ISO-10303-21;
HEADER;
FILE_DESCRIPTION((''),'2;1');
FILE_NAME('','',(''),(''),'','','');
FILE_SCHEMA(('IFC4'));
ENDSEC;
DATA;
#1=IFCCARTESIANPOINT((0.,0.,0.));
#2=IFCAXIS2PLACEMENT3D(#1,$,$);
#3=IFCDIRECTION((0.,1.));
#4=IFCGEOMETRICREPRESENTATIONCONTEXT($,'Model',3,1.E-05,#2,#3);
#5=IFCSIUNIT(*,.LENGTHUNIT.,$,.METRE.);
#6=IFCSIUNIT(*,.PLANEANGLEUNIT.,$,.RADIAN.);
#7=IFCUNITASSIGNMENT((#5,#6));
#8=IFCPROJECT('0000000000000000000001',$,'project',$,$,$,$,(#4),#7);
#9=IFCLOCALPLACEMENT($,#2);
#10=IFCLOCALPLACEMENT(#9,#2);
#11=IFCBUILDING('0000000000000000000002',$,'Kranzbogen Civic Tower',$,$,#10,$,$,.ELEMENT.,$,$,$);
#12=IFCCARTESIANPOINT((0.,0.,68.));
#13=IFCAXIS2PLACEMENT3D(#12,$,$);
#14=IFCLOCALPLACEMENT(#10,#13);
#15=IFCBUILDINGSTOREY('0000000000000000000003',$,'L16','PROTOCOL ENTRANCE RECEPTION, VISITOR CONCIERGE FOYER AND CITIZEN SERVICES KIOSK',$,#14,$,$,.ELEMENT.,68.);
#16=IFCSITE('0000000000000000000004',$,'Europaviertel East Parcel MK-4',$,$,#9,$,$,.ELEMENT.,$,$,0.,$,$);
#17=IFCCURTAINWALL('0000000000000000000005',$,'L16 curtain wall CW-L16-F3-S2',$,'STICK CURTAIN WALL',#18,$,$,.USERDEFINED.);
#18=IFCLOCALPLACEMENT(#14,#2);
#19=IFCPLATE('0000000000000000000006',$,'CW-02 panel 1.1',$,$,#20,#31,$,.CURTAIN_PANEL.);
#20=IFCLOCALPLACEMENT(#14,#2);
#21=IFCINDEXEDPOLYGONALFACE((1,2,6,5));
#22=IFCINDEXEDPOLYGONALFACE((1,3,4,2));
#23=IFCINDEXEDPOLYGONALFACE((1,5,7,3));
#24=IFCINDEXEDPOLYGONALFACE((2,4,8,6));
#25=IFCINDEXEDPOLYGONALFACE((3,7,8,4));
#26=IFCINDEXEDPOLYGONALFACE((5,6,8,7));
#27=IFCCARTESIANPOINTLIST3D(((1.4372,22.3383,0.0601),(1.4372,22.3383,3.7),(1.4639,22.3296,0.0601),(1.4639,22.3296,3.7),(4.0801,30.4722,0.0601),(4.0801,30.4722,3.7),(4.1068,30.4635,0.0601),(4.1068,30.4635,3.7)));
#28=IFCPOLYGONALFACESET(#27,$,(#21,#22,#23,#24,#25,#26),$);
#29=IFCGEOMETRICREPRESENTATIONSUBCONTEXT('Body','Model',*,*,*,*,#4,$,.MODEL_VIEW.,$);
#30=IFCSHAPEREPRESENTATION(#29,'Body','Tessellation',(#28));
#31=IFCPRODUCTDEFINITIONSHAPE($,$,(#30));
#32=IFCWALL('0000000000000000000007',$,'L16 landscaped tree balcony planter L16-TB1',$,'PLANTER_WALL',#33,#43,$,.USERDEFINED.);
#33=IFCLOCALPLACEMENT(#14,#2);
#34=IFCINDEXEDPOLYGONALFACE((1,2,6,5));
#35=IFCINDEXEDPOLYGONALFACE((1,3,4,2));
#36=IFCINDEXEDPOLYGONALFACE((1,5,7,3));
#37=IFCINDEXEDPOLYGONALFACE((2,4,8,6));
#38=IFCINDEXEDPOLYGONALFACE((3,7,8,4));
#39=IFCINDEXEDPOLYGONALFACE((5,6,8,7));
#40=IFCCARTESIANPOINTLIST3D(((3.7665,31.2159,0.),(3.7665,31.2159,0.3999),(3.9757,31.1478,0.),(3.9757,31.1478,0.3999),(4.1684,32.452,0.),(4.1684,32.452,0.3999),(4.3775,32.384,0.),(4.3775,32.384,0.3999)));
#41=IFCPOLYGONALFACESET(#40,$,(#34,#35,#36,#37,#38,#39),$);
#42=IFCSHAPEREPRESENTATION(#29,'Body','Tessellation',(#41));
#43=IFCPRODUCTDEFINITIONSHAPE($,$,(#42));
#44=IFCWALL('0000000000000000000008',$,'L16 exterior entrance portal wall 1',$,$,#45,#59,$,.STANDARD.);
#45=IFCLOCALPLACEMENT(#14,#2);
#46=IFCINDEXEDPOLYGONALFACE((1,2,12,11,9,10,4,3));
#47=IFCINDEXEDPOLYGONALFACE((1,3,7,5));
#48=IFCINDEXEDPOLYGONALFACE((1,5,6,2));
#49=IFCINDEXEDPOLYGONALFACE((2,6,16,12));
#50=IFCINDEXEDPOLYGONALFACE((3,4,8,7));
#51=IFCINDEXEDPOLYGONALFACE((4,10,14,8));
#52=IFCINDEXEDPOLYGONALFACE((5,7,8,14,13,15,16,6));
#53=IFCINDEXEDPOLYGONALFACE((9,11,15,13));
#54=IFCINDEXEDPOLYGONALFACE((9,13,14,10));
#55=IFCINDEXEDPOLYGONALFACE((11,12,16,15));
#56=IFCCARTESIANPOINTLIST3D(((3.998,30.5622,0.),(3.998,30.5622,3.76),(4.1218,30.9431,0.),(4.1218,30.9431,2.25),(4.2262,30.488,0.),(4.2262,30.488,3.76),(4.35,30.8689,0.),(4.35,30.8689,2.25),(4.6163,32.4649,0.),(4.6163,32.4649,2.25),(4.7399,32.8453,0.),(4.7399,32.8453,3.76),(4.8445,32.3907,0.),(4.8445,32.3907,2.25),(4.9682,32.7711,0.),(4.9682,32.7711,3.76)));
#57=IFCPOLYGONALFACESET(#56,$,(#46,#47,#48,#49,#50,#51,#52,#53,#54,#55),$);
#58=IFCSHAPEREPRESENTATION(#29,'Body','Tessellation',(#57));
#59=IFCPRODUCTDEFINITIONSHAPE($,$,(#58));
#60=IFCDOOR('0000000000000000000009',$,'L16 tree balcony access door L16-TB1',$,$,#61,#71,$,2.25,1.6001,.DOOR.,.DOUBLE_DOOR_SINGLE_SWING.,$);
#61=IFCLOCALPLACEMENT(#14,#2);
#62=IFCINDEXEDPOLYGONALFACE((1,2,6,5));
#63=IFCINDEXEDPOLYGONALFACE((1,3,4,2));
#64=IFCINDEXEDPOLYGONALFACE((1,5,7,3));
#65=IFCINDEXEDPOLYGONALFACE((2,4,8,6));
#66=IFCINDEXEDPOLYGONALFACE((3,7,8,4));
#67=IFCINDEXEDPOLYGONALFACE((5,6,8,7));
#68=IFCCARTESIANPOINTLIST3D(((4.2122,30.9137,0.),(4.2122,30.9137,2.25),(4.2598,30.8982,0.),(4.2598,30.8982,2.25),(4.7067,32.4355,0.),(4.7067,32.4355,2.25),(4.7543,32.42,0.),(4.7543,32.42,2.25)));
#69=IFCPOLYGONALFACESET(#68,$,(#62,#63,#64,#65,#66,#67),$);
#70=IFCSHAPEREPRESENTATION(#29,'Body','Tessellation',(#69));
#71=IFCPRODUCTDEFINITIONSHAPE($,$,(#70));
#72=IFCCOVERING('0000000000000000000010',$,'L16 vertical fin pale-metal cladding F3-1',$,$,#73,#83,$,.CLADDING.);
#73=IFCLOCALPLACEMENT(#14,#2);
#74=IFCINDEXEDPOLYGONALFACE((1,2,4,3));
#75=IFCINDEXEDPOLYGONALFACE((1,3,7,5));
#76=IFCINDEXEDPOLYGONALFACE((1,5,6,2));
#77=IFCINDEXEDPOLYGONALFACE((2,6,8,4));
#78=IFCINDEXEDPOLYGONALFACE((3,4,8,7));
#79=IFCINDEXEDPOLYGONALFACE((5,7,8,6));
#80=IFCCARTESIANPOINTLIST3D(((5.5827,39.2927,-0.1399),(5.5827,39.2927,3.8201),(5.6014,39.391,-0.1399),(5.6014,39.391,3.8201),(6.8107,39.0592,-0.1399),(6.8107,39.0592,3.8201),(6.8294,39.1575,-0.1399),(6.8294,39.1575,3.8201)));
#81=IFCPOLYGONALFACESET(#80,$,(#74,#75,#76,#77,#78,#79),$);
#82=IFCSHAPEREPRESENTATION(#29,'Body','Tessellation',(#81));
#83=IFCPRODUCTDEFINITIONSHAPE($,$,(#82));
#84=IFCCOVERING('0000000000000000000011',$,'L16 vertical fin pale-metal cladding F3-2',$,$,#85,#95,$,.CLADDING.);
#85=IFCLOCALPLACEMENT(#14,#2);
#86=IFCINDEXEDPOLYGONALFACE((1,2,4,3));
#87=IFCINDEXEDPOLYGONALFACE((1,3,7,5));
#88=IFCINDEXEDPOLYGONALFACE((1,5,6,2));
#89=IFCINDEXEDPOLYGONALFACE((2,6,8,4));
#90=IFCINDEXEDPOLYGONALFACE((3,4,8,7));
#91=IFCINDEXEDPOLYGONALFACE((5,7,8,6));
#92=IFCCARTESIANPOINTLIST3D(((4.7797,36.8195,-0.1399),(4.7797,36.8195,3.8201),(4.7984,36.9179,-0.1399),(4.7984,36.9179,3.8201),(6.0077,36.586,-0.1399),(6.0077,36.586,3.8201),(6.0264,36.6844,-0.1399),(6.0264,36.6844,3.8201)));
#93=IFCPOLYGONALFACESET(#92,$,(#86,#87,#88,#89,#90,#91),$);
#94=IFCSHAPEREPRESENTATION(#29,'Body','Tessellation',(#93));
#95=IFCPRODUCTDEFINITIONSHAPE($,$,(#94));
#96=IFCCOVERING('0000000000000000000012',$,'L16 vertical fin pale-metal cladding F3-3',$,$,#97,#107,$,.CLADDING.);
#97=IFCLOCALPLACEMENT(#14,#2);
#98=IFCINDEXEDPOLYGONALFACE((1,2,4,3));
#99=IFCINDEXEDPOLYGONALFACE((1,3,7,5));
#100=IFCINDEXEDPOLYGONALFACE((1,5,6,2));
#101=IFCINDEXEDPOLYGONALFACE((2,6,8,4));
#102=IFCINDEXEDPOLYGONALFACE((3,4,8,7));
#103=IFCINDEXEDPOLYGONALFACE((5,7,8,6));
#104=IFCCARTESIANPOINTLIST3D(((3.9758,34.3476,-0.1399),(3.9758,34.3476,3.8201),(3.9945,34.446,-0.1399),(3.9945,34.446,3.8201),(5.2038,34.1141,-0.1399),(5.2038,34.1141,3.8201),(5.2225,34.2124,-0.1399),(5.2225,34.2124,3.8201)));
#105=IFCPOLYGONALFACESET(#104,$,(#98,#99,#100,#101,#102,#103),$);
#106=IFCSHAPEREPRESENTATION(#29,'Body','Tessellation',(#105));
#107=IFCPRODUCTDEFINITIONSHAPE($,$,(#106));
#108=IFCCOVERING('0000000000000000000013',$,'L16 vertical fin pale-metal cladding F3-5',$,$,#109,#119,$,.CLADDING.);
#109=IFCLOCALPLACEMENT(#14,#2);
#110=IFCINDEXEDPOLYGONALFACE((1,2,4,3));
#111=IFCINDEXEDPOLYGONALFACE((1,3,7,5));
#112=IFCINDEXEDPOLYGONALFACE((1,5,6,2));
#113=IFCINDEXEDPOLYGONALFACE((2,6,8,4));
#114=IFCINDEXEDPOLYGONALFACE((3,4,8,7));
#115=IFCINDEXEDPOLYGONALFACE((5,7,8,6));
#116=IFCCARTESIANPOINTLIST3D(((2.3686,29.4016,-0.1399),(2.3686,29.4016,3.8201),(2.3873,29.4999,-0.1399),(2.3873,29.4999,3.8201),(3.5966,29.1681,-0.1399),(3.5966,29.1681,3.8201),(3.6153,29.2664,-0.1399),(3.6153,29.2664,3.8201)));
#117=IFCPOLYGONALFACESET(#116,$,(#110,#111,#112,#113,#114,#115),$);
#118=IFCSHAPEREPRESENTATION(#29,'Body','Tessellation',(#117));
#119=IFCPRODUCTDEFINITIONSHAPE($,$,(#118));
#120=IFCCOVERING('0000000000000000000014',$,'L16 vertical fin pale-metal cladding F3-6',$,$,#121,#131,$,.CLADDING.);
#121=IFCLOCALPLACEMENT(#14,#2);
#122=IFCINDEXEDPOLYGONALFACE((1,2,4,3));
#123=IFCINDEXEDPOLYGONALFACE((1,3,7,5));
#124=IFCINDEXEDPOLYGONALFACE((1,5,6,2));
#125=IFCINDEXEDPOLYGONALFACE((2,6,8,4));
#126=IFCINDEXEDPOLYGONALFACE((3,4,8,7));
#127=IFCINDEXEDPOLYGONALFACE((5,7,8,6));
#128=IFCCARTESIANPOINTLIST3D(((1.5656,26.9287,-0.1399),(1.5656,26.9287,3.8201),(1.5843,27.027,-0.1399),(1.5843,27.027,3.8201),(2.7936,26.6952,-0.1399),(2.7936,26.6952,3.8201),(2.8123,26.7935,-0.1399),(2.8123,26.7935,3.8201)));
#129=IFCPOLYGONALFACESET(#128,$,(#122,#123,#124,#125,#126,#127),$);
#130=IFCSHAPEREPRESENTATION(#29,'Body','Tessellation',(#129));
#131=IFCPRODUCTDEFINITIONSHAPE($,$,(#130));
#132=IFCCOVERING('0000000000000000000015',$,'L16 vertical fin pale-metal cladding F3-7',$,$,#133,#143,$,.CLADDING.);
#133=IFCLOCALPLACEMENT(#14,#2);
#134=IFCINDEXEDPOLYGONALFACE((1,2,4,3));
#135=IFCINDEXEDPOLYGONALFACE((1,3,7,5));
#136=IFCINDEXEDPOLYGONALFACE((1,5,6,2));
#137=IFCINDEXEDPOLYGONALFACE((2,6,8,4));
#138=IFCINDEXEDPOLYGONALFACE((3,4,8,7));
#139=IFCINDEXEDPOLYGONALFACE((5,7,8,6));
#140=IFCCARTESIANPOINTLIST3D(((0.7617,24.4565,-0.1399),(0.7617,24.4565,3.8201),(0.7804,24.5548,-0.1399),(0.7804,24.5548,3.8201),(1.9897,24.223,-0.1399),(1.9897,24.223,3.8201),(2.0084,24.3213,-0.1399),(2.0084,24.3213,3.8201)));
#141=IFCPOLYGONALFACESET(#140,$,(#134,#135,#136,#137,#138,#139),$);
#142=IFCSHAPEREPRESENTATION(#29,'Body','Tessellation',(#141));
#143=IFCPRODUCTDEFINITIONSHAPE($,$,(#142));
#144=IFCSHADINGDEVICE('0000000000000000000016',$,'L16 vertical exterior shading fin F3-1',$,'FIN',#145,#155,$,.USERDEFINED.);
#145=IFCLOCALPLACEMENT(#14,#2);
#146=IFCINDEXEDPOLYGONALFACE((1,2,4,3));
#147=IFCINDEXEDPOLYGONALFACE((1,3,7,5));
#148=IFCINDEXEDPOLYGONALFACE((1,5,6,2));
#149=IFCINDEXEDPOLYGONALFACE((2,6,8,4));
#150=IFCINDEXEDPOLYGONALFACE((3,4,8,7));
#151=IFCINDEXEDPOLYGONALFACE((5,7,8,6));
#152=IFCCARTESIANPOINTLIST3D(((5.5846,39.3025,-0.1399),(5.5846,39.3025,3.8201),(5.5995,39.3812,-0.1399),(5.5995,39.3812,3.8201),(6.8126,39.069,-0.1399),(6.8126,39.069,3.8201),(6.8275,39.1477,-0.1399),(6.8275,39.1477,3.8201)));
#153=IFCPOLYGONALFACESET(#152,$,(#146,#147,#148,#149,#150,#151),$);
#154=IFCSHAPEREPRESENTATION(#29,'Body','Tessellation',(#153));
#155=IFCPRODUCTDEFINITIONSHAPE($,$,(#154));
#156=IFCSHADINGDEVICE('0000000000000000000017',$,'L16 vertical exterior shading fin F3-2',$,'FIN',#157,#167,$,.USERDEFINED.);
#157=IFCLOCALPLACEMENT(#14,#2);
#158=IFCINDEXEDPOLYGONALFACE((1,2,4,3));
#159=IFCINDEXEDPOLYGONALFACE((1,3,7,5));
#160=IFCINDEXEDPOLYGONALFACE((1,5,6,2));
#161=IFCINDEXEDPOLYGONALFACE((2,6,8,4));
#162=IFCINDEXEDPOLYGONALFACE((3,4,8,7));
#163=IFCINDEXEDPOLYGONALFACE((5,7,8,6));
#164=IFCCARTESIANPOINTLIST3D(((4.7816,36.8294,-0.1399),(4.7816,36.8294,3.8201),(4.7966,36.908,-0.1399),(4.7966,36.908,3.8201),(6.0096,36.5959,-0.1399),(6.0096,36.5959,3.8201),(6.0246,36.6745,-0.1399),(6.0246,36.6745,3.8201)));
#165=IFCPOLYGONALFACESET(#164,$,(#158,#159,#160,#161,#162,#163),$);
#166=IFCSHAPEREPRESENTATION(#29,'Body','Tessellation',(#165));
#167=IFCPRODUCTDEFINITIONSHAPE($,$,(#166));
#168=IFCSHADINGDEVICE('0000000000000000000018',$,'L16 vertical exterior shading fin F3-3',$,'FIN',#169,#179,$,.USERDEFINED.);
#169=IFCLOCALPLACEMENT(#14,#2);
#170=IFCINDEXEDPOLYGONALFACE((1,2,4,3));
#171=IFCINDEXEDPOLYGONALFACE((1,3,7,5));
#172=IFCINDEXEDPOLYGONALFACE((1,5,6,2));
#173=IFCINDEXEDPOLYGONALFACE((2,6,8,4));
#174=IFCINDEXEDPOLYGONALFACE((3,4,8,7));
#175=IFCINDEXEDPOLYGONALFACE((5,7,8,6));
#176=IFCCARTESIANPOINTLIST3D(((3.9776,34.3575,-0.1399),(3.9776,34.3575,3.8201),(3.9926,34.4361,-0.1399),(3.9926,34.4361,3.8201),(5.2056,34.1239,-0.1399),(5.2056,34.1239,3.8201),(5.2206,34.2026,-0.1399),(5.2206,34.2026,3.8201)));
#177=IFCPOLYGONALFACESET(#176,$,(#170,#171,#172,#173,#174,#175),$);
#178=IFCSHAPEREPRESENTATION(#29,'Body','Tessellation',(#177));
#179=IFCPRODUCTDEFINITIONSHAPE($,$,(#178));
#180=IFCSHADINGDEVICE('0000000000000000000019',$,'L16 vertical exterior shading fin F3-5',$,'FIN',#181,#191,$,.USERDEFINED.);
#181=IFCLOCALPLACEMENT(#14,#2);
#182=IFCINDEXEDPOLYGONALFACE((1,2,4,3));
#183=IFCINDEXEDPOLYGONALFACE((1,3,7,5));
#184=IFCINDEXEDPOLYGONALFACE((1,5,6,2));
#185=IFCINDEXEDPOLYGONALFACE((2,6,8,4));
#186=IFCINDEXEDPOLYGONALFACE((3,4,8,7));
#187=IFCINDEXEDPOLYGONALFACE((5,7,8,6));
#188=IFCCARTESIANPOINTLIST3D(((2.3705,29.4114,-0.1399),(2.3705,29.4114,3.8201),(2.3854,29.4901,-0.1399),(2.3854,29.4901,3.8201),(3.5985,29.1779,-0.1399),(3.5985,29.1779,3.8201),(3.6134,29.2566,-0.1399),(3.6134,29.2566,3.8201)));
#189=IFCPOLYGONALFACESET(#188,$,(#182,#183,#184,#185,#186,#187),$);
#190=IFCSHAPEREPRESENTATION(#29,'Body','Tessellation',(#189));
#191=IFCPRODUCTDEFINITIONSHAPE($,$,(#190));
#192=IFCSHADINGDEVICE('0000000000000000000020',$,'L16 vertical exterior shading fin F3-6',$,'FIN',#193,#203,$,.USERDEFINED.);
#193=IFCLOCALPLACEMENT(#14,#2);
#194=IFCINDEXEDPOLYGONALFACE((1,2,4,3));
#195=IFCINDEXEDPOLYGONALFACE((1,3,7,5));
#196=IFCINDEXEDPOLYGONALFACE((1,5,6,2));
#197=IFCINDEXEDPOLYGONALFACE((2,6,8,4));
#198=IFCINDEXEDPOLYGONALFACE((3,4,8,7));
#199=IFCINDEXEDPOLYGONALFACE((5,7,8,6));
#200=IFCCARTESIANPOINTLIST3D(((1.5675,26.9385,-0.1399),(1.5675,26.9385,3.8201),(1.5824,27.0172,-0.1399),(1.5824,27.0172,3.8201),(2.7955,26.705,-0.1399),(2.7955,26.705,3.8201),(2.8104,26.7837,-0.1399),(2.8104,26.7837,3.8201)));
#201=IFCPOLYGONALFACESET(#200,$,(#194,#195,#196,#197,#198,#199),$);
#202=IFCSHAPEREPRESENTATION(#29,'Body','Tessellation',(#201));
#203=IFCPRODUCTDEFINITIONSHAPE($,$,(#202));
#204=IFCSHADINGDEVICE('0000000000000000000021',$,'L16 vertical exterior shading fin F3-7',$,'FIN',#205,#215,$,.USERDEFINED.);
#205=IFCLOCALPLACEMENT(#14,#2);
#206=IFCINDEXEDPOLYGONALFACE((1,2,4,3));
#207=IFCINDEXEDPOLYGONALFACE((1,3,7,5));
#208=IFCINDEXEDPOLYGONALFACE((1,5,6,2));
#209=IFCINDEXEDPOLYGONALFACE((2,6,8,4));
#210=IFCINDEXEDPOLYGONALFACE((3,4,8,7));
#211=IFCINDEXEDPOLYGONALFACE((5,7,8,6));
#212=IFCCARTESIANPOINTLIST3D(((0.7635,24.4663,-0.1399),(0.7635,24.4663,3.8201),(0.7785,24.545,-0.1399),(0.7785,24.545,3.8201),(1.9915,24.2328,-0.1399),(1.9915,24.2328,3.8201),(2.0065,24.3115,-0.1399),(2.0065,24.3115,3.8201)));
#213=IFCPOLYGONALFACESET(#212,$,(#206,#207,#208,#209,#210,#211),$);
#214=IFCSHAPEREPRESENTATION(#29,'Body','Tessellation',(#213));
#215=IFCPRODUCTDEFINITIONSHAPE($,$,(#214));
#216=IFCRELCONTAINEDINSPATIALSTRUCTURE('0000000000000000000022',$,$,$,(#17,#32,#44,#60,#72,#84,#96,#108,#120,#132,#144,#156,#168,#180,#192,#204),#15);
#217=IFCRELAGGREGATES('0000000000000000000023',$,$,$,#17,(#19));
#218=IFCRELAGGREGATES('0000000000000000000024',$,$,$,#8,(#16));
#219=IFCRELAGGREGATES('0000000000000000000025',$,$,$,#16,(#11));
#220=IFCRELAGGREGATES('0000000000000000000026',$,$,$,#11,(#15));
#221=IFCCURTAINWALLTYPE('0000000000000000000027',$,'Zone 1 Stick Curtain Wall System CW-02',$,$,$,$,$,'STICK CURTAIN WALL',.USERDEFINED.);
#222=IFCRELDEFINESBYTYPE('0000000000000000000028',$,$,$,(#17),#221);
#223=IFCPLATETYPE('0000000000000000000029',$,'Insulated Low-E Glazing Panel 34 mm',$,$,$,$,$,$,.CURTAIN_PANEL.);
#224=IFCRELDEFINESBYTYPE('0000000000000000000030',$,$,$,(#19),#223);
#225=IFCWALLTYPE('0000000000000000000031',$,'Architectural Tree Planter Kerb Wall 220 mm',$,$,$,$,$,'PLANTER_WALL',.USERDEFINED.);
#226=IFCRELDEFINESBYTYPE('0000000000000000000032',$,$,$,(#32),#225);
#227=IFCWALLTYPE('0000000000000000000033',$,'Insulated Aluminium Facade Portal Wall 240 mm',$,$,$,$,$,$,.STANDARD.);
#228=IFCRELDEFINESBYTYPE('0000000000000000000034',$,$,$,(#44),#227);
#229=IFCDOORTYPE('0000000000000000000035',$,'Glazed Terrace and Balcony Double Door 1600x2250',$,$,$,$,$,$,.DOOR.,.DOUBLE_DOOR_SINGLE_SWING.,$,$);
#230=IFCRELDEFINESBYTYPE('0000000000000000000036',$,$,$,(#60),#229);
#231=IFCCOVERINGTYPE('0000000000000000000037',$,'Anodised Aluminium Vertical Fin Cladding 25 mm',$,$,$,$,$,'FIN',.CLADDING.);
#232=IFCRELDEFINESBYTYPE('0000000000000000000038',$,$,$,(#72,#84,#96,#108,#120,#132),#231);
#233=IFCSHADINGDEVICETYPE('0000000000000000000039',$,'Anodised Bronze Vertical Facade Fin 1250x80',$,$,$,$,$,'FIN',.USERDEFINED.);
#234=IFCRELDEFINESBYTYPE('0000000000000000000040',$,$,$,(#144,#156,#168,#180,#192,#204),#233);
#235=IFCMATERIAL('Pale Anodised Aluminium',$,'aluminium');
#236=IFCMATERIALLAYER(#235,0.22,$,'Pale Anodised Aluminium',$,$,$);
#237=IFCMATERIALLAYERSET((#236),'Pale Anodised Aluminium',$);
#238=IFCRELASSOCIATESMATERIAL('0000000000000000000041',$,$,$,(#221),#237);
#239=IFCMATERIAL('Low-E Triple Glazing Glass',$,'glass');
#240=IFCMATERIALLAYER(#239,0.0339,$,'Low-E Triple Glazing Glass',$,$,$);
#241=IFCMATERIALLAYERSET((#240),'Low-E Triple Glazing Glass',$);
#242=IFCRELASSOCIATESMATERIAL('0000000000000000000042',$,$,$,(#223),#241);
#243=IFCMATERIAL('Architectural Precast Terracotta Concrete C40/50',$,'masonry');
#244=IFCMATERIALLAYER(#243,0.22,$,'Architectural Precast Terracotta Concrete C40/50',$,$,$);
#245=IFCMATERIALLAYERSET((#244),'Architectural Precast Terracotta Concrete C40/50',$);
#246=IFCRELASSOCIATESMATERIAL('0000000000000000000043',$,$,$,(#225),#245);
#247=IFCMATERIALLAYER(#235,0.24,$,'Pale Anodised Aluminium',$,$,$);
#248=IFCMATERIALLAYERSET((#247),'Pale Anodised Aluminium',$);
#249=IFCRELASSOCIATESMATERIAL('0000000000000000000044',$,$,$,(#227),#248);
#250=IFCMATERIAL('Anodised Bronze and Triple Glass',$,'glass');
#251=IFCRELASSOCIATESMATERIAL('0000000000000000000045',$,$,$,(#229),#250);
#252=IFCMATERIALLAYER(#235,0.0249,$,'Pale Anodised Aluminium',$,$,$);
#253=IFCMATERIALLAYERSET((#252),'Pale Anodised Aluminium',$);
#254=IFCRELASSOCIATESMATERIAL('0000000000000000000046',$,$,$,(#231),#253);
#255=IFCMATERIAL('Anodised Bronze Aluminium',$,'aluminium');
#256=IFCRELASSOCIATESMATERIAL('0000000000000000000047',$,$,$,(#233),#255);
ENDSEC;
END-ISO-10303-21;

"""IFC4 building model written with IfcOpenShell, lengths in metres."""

from ifc_helpers import new_model, si_unit, direction, frame, frame_2d, origin, origin_2d, place, context, subcontext, project, spatial, rectangle, extrude, material, layer, layer_set, type_object, element, fill, aggregate, save


model = new_model("IFC4")

# Units and contexts
model_context = context("Model", 3, precision=1e-05, world=origin(), true_north=direction((0.0, 1.0)))
body_context = subcontext(model_context, "Body", "Model", "MODEL_VIEW")
ifc_project = project(units=[si_unit("LENGTHUNIT", "METRE"), si_unit("PLANEANGLEUNIT", "RADIAN")], contexts=[model_context])

# Site, building, storey
site_placement = place(None, origin())
site = spatial("IfcSite", under=ifc_project, at=site_placement, Name="Europaviertel East Parcel MK-4", CompositionType="ELEMENT", RefElevation=0.0)
building_placement = place(site_placement, origin())
building = spatial("IfcBuilding", under=site, at=building_placement, Name="Kranzbogen Civic Tower", CompositionType="ELEMENT")
storey_placement = place(building_placement, frame((0.0, 0.0, 68.0)))
storey = spatial("IfcBuildingStorey", under=building, at=storey_placement, Name="L16", Description="PROTOCOL ENTRANCE RECEPTION, VISITOR CONCIERGE FOYER AND CITIZEN SERVICES KIOSK", CompositionType="ELEMENT", Elevation=68.0)

# Shared definitions
ifc_material_1 = material(Name="Pale Anodised Aluminium", Category="aluminium")
ifc_layer_1 = layer(ifc_material_1, 0.22, Name="Pale Anodised Aluminium")
ifc_layer_set_1 = layer_set([ifc_layer_1], Name="Pale Anodised Aluminium")
curtain_wall_type = type_object("IfcCurtainWallType", Name="Zone 1 Stick Curtain Wall System CW-02", ElementType="STICK CURTAIN WALL", PredefinedType="USERDEFINED", material=ifc_layer_set_1)

# Curtain wall
curtain_wall_1_placement = place(storey_placement, origin())
curtain_wall_1 = element("IfcCurtainWall", 1, at=curtain_wall_1_placement, inside=storey, type_object=curtain_wall_type, Name="L16 curtain wall CW-L16-F3-S2", ObjectType="STICK CURTAIN WALL", PredefinedType="USERDEFINED")

# Plate
ifc_material_2 = material(Name="Low-E Triple Glazing Glass", Category="glass")
ifc_layer_2 = layer(ifc_material_2, 0.0339, Name="Low-E Triple Glazing Glass")
ifc_layer_set_2 = layer_set([ifc_layer_2], Name="Low-E Triple Glazing Glass")
plate_type = type_object("IfcPlateType", Name="Insulated Low-E Glazing Panel 34 mm", PredefinedType="CURTAIN_PANEL", material=ifc_layer_set_2)
plate_1_placement = place(storey_placement, frame((2.772, 26.4009, 0.0601), z_axis=(0.0, 0.0, 1.0), x_axis=(-0.309023, -0.951054, 0.0)))
plate_1 = element("IfcPlate", 2, at=plate_1_placement, type_object=plate_type, Name="CW-02 panel 1.1", PredefinedType="CURTAIN_PANEL", context=body_context, shape_type="SweptSolid", body=[
    extrude(rectangle(XDim=8.5525, YDim=0.0281, at=origin_2d()), origin(), (0.0, 0.0, 1.0), 3.6399),
])
aggregate(curtain_wall_1, [plate_1])

# Wall
ifc_material_3 = material(Name="Architectural Precast Terracotta Concrete C40/50", Category="masonry")
ifc_layer_3 = layer(ifc_material_3, 0.22, Name="Architectural Precast Terracotta Concrete C40/50")
ifc_layer_set_3 = layer_set([ifc_layer_3], Name="Architectural Precast Terracotta Concrete C40/50")
wall_type_1 = type_object("IfcWallType", Name="Architectural Tree Planter Kerb Wall 220 mm", ElementType="PLANTER_WALL", PredefinedType="USERDEFINED", material=ifc_layer_set_3)
wall_1_placement = place(storey_placement, frame((4.2729, 32.418, 0.0), z_axis=(0.0, 0.0, 1.0), x_axis=(-0.309175, -0.951005, 0.0)))
element("IfcWall", 3, at=wall_1_placement, inside=storey, type_object=wall_type_1, Name="L16 landscaped tree balcony planter L16-TB1", ObjectType="PLANTER_WALL", PredefinedType="USERDEFINED", context=body_context, shape_type="SweptSolid", body=[
    extrude(rectangle(XDim=1.2998, YDim=0.22, at=frame_2d((0.6499, 0.0))), origin(), (0.0, 0.0, 1.0), 0.3999),
])

# Wall, opening, door
ifc_layer_4 = layer(ifc_material_1, 0.24, Name="Pale Anodised Aluminium")
ifc_layer_set_4 = layer_set([ifc_layer_4], Name="Pale Anodised Aluminium")
wall_type_2 = type_object("IfcWallType", Name="Insulated Aluminium Facade Portal Wall 240 mm", PredefinedType="STANDARD", material=ifc_layer_set_4)
wall_2_placement = place(storey_placement, frame((4.854, 32.8081, 0.0), z_axis=(0.0, 0.0, 1.0), x_axis=(-0.309049, -0.951046, 0.0)))
wall_2 = element("IfcWall", 4, at=wall_2_placement, inside=storey, type_object=wall_type_2, Name="L16 exterior entrance portal wall 1", PredefinedType="STANDARD", context=body_context, shape_type="SweptSolid", body=[
    extrude(rectangle(XDim=2.4006, YDim=0.24, at=frame_2d((1.2002, 0.0))), origin(), (0.0, 0.0, 1.0), 3.76),
])
opening_placement = place(wall_2_placement, frame((0.3999, 0.0, 0.0)))
opening = element("IfcOpeningElement", 5, at=opening_placement, cuts=wall_2, PredefinedType="OPENING", context=body_context, shape_type="SweptSolid", body=[
    extrude(rectangle(XDim=1.6001, YDim=2.25, at=frame_2d((0.8, 1.125))), frame((0.0, 0.1299, 0.0), z_axis=(0.0, -1.0, 0.0), x_axis=(1.0, 0.0, 0.0)), (0.0, 0.0, 1.0), 0.26),
])
ifc_material_4 = material(Name="Anodised Bronze and Triple Glass", Category="glass")
door_type = type_object("IfcDoorType", Name="Glazed Terrace and Balcony Double Door 1600x2250", OperationType="DOUBLE_DOOR_SINGLE_SWING", PredefinedType="DOOR", material=ifc_material_4)
door_placement = place(opening_placement, frame((1.6001, 0.0, 0.0), z_axis=(0.0, 0.0, 1.0), x_axis=(-1.0, 0.0, 0.0)))
door = element("IfcDoor", 6, at=door_placement, inside=storey, type_object=door_type, Name="L16 tree balcony access door L16-TB1", OperationType="DOUBLE_DOOR_SINGLE_SWING", OverallHeight=2.25, OverallWidth=1.6001, PredefinedType="DOOR", context=body_context, shape_type="SweptSolid", body=[
    extrude(rectangle(XDim=1.6001, YDim=2.25, at=frame_2d((0.8, 1.125))), frame((0.0, 0.0249, 0.0), z_axis=(0.0, -1.0, 0.0), x_axis=(1.0, 0.0, 0.0)), (0.0, 0.0, 1.0), 0.05),
])
fill(opening, door)

# Coverings
ifc_layer_5 = layer(ifc_material_1, 0.0249, Name="Pale Anodised Aluminium")
ifc_layer_set_5 = layer_set([ifc_layer_5], Name="Pale Anodised Aluminium")
covering_type = type_object("IfcCoveringType", Name="Anodised Aluminium Vertical Fin Cladding 25 mm", ElementType="FIN", PredefinedType="CLADDING", material=ifc_layer_set_5)
for number, where, z_axis, x_axis, name in (
    (7, (6.2061, 39.2251, -0.1399), (0.0, 0.0, 1.0), (-0.982395, 0.186816, 0.0), "L16 vertical fin pale-metal cladding F3-1"),
    (8, (5.4031, 36.752, -0.1399), (0.0, 0.0, 1.0), (-0.982395, 0.186816, 0.0), "L16 vertical fin pale-metal cladding F3-2"),
    (9, (4.5991, 34.28, -0.1399), (0.0, 0.0, 1.0), (-0.982395, 0.186816, 0.0), "L16 vertical fin pale-metal cladding F3-3"),
    (10, (2.9919, 29.334, -0.1399), (0.0, 0.0, 1.0), (-0.982395, 0.186816, 0.0), "L16 vertical fin pale-metal cladding F3-5"),
    (11, (2.189, 26.8611, -0.1399), (0.0, 0.0, 1.0), (-0.982395, 0.186816, 0.0), "L16 vertical fin pale-metal cladding F3-6"),
    (12, (1.385, 24.3889, -0.1399), (0.0, 0.0, 1.0), (-0.982395, 0.186816, 0.0), "L16 vertical fin pale-metal cladding F3-7"),
):
    element("IfcCovering", number, at=place(storey_placement, frame(where, z_axis=z_axis, x_axis=x_axis)), inside=storey, type_object=covering_type, Name=name, PredefinedType="CLADDING", context=body_context, shape_type="SweptSolid", body=[
        extrude(rectangle(XDim=1.25, YDim=0.1001, at=origin_2d()), origin(), (0.0, 0.0, 1.0), 3.96),
    ])

# Shading devices
ifc_material_5 = material(Name="Anodised Bronze Aluminium", Category="aluminium")
shading_device_type = type_object("IfcShadingDeviceType", Name="Anodised Bronze Vertical Facade Fin 1250x80", ElementType="FIN", PredefinedType="USERDEFINED", material=ifc_material_5)
for number, where, z_axis, x_axis, name in (
    (13, (6.2061, 39.2251, -0.1399), (0.0, 0.0, 1.0), (-0.982395, 0.186816, 0.0), "L16 vertical exterior shading fin F3-1"),
    (14, (5.4031, 36.752, -0.1399), (0.0, 0.0, 1.0), (-0.982395, 0.186816, 0.0), "L16 vertical exterior shading fin F3-2"),
    (15, (4.5991, 34.28, -0.1399), (0.0, 0.0, 1.0), (-0.982395, 0.186816, 0.0), "L16 vertical exterior shading fin F3-3"),
    (16, (2.9919, 29.334, -0.1399), (0.0, 0.0, 1.0), (-0.982395, 0.186816, 0.0), "L16 vertical exterior shading fin F3-5"),
    (17, (2.189, 26.8611, -0.1399), (0.0, 0.0, 1.0), (-0.982395, 0.186816, 0.0), "L16 vertical exterior shading fin F3-6"),
    (18, (1.385, 24.3889, -0.1399), (0.0, 0.0, 1.0), (-0.982395, 0.186816, 0.0), "L16 vertical exterior shading fin F3-7"),
):
    element("IfcShadingDevice", number, at=place(storey_placement, frame(where, z_axis=z_axis, x_axis=x_axis)), inside=storey, type_object=shading_device_type, Name=name, ObjectType="FIN", PredefinedType="USERDEFINED", context=body_context, shape_type="SweptSolid", body=[
        extrude(rectangle(XDim=1.25, YDim=0.0801, at=origin_2d()), origin(), (0.0, 0.0, 1.0), 3.96),
    ])

save(model, "model.ifc")
